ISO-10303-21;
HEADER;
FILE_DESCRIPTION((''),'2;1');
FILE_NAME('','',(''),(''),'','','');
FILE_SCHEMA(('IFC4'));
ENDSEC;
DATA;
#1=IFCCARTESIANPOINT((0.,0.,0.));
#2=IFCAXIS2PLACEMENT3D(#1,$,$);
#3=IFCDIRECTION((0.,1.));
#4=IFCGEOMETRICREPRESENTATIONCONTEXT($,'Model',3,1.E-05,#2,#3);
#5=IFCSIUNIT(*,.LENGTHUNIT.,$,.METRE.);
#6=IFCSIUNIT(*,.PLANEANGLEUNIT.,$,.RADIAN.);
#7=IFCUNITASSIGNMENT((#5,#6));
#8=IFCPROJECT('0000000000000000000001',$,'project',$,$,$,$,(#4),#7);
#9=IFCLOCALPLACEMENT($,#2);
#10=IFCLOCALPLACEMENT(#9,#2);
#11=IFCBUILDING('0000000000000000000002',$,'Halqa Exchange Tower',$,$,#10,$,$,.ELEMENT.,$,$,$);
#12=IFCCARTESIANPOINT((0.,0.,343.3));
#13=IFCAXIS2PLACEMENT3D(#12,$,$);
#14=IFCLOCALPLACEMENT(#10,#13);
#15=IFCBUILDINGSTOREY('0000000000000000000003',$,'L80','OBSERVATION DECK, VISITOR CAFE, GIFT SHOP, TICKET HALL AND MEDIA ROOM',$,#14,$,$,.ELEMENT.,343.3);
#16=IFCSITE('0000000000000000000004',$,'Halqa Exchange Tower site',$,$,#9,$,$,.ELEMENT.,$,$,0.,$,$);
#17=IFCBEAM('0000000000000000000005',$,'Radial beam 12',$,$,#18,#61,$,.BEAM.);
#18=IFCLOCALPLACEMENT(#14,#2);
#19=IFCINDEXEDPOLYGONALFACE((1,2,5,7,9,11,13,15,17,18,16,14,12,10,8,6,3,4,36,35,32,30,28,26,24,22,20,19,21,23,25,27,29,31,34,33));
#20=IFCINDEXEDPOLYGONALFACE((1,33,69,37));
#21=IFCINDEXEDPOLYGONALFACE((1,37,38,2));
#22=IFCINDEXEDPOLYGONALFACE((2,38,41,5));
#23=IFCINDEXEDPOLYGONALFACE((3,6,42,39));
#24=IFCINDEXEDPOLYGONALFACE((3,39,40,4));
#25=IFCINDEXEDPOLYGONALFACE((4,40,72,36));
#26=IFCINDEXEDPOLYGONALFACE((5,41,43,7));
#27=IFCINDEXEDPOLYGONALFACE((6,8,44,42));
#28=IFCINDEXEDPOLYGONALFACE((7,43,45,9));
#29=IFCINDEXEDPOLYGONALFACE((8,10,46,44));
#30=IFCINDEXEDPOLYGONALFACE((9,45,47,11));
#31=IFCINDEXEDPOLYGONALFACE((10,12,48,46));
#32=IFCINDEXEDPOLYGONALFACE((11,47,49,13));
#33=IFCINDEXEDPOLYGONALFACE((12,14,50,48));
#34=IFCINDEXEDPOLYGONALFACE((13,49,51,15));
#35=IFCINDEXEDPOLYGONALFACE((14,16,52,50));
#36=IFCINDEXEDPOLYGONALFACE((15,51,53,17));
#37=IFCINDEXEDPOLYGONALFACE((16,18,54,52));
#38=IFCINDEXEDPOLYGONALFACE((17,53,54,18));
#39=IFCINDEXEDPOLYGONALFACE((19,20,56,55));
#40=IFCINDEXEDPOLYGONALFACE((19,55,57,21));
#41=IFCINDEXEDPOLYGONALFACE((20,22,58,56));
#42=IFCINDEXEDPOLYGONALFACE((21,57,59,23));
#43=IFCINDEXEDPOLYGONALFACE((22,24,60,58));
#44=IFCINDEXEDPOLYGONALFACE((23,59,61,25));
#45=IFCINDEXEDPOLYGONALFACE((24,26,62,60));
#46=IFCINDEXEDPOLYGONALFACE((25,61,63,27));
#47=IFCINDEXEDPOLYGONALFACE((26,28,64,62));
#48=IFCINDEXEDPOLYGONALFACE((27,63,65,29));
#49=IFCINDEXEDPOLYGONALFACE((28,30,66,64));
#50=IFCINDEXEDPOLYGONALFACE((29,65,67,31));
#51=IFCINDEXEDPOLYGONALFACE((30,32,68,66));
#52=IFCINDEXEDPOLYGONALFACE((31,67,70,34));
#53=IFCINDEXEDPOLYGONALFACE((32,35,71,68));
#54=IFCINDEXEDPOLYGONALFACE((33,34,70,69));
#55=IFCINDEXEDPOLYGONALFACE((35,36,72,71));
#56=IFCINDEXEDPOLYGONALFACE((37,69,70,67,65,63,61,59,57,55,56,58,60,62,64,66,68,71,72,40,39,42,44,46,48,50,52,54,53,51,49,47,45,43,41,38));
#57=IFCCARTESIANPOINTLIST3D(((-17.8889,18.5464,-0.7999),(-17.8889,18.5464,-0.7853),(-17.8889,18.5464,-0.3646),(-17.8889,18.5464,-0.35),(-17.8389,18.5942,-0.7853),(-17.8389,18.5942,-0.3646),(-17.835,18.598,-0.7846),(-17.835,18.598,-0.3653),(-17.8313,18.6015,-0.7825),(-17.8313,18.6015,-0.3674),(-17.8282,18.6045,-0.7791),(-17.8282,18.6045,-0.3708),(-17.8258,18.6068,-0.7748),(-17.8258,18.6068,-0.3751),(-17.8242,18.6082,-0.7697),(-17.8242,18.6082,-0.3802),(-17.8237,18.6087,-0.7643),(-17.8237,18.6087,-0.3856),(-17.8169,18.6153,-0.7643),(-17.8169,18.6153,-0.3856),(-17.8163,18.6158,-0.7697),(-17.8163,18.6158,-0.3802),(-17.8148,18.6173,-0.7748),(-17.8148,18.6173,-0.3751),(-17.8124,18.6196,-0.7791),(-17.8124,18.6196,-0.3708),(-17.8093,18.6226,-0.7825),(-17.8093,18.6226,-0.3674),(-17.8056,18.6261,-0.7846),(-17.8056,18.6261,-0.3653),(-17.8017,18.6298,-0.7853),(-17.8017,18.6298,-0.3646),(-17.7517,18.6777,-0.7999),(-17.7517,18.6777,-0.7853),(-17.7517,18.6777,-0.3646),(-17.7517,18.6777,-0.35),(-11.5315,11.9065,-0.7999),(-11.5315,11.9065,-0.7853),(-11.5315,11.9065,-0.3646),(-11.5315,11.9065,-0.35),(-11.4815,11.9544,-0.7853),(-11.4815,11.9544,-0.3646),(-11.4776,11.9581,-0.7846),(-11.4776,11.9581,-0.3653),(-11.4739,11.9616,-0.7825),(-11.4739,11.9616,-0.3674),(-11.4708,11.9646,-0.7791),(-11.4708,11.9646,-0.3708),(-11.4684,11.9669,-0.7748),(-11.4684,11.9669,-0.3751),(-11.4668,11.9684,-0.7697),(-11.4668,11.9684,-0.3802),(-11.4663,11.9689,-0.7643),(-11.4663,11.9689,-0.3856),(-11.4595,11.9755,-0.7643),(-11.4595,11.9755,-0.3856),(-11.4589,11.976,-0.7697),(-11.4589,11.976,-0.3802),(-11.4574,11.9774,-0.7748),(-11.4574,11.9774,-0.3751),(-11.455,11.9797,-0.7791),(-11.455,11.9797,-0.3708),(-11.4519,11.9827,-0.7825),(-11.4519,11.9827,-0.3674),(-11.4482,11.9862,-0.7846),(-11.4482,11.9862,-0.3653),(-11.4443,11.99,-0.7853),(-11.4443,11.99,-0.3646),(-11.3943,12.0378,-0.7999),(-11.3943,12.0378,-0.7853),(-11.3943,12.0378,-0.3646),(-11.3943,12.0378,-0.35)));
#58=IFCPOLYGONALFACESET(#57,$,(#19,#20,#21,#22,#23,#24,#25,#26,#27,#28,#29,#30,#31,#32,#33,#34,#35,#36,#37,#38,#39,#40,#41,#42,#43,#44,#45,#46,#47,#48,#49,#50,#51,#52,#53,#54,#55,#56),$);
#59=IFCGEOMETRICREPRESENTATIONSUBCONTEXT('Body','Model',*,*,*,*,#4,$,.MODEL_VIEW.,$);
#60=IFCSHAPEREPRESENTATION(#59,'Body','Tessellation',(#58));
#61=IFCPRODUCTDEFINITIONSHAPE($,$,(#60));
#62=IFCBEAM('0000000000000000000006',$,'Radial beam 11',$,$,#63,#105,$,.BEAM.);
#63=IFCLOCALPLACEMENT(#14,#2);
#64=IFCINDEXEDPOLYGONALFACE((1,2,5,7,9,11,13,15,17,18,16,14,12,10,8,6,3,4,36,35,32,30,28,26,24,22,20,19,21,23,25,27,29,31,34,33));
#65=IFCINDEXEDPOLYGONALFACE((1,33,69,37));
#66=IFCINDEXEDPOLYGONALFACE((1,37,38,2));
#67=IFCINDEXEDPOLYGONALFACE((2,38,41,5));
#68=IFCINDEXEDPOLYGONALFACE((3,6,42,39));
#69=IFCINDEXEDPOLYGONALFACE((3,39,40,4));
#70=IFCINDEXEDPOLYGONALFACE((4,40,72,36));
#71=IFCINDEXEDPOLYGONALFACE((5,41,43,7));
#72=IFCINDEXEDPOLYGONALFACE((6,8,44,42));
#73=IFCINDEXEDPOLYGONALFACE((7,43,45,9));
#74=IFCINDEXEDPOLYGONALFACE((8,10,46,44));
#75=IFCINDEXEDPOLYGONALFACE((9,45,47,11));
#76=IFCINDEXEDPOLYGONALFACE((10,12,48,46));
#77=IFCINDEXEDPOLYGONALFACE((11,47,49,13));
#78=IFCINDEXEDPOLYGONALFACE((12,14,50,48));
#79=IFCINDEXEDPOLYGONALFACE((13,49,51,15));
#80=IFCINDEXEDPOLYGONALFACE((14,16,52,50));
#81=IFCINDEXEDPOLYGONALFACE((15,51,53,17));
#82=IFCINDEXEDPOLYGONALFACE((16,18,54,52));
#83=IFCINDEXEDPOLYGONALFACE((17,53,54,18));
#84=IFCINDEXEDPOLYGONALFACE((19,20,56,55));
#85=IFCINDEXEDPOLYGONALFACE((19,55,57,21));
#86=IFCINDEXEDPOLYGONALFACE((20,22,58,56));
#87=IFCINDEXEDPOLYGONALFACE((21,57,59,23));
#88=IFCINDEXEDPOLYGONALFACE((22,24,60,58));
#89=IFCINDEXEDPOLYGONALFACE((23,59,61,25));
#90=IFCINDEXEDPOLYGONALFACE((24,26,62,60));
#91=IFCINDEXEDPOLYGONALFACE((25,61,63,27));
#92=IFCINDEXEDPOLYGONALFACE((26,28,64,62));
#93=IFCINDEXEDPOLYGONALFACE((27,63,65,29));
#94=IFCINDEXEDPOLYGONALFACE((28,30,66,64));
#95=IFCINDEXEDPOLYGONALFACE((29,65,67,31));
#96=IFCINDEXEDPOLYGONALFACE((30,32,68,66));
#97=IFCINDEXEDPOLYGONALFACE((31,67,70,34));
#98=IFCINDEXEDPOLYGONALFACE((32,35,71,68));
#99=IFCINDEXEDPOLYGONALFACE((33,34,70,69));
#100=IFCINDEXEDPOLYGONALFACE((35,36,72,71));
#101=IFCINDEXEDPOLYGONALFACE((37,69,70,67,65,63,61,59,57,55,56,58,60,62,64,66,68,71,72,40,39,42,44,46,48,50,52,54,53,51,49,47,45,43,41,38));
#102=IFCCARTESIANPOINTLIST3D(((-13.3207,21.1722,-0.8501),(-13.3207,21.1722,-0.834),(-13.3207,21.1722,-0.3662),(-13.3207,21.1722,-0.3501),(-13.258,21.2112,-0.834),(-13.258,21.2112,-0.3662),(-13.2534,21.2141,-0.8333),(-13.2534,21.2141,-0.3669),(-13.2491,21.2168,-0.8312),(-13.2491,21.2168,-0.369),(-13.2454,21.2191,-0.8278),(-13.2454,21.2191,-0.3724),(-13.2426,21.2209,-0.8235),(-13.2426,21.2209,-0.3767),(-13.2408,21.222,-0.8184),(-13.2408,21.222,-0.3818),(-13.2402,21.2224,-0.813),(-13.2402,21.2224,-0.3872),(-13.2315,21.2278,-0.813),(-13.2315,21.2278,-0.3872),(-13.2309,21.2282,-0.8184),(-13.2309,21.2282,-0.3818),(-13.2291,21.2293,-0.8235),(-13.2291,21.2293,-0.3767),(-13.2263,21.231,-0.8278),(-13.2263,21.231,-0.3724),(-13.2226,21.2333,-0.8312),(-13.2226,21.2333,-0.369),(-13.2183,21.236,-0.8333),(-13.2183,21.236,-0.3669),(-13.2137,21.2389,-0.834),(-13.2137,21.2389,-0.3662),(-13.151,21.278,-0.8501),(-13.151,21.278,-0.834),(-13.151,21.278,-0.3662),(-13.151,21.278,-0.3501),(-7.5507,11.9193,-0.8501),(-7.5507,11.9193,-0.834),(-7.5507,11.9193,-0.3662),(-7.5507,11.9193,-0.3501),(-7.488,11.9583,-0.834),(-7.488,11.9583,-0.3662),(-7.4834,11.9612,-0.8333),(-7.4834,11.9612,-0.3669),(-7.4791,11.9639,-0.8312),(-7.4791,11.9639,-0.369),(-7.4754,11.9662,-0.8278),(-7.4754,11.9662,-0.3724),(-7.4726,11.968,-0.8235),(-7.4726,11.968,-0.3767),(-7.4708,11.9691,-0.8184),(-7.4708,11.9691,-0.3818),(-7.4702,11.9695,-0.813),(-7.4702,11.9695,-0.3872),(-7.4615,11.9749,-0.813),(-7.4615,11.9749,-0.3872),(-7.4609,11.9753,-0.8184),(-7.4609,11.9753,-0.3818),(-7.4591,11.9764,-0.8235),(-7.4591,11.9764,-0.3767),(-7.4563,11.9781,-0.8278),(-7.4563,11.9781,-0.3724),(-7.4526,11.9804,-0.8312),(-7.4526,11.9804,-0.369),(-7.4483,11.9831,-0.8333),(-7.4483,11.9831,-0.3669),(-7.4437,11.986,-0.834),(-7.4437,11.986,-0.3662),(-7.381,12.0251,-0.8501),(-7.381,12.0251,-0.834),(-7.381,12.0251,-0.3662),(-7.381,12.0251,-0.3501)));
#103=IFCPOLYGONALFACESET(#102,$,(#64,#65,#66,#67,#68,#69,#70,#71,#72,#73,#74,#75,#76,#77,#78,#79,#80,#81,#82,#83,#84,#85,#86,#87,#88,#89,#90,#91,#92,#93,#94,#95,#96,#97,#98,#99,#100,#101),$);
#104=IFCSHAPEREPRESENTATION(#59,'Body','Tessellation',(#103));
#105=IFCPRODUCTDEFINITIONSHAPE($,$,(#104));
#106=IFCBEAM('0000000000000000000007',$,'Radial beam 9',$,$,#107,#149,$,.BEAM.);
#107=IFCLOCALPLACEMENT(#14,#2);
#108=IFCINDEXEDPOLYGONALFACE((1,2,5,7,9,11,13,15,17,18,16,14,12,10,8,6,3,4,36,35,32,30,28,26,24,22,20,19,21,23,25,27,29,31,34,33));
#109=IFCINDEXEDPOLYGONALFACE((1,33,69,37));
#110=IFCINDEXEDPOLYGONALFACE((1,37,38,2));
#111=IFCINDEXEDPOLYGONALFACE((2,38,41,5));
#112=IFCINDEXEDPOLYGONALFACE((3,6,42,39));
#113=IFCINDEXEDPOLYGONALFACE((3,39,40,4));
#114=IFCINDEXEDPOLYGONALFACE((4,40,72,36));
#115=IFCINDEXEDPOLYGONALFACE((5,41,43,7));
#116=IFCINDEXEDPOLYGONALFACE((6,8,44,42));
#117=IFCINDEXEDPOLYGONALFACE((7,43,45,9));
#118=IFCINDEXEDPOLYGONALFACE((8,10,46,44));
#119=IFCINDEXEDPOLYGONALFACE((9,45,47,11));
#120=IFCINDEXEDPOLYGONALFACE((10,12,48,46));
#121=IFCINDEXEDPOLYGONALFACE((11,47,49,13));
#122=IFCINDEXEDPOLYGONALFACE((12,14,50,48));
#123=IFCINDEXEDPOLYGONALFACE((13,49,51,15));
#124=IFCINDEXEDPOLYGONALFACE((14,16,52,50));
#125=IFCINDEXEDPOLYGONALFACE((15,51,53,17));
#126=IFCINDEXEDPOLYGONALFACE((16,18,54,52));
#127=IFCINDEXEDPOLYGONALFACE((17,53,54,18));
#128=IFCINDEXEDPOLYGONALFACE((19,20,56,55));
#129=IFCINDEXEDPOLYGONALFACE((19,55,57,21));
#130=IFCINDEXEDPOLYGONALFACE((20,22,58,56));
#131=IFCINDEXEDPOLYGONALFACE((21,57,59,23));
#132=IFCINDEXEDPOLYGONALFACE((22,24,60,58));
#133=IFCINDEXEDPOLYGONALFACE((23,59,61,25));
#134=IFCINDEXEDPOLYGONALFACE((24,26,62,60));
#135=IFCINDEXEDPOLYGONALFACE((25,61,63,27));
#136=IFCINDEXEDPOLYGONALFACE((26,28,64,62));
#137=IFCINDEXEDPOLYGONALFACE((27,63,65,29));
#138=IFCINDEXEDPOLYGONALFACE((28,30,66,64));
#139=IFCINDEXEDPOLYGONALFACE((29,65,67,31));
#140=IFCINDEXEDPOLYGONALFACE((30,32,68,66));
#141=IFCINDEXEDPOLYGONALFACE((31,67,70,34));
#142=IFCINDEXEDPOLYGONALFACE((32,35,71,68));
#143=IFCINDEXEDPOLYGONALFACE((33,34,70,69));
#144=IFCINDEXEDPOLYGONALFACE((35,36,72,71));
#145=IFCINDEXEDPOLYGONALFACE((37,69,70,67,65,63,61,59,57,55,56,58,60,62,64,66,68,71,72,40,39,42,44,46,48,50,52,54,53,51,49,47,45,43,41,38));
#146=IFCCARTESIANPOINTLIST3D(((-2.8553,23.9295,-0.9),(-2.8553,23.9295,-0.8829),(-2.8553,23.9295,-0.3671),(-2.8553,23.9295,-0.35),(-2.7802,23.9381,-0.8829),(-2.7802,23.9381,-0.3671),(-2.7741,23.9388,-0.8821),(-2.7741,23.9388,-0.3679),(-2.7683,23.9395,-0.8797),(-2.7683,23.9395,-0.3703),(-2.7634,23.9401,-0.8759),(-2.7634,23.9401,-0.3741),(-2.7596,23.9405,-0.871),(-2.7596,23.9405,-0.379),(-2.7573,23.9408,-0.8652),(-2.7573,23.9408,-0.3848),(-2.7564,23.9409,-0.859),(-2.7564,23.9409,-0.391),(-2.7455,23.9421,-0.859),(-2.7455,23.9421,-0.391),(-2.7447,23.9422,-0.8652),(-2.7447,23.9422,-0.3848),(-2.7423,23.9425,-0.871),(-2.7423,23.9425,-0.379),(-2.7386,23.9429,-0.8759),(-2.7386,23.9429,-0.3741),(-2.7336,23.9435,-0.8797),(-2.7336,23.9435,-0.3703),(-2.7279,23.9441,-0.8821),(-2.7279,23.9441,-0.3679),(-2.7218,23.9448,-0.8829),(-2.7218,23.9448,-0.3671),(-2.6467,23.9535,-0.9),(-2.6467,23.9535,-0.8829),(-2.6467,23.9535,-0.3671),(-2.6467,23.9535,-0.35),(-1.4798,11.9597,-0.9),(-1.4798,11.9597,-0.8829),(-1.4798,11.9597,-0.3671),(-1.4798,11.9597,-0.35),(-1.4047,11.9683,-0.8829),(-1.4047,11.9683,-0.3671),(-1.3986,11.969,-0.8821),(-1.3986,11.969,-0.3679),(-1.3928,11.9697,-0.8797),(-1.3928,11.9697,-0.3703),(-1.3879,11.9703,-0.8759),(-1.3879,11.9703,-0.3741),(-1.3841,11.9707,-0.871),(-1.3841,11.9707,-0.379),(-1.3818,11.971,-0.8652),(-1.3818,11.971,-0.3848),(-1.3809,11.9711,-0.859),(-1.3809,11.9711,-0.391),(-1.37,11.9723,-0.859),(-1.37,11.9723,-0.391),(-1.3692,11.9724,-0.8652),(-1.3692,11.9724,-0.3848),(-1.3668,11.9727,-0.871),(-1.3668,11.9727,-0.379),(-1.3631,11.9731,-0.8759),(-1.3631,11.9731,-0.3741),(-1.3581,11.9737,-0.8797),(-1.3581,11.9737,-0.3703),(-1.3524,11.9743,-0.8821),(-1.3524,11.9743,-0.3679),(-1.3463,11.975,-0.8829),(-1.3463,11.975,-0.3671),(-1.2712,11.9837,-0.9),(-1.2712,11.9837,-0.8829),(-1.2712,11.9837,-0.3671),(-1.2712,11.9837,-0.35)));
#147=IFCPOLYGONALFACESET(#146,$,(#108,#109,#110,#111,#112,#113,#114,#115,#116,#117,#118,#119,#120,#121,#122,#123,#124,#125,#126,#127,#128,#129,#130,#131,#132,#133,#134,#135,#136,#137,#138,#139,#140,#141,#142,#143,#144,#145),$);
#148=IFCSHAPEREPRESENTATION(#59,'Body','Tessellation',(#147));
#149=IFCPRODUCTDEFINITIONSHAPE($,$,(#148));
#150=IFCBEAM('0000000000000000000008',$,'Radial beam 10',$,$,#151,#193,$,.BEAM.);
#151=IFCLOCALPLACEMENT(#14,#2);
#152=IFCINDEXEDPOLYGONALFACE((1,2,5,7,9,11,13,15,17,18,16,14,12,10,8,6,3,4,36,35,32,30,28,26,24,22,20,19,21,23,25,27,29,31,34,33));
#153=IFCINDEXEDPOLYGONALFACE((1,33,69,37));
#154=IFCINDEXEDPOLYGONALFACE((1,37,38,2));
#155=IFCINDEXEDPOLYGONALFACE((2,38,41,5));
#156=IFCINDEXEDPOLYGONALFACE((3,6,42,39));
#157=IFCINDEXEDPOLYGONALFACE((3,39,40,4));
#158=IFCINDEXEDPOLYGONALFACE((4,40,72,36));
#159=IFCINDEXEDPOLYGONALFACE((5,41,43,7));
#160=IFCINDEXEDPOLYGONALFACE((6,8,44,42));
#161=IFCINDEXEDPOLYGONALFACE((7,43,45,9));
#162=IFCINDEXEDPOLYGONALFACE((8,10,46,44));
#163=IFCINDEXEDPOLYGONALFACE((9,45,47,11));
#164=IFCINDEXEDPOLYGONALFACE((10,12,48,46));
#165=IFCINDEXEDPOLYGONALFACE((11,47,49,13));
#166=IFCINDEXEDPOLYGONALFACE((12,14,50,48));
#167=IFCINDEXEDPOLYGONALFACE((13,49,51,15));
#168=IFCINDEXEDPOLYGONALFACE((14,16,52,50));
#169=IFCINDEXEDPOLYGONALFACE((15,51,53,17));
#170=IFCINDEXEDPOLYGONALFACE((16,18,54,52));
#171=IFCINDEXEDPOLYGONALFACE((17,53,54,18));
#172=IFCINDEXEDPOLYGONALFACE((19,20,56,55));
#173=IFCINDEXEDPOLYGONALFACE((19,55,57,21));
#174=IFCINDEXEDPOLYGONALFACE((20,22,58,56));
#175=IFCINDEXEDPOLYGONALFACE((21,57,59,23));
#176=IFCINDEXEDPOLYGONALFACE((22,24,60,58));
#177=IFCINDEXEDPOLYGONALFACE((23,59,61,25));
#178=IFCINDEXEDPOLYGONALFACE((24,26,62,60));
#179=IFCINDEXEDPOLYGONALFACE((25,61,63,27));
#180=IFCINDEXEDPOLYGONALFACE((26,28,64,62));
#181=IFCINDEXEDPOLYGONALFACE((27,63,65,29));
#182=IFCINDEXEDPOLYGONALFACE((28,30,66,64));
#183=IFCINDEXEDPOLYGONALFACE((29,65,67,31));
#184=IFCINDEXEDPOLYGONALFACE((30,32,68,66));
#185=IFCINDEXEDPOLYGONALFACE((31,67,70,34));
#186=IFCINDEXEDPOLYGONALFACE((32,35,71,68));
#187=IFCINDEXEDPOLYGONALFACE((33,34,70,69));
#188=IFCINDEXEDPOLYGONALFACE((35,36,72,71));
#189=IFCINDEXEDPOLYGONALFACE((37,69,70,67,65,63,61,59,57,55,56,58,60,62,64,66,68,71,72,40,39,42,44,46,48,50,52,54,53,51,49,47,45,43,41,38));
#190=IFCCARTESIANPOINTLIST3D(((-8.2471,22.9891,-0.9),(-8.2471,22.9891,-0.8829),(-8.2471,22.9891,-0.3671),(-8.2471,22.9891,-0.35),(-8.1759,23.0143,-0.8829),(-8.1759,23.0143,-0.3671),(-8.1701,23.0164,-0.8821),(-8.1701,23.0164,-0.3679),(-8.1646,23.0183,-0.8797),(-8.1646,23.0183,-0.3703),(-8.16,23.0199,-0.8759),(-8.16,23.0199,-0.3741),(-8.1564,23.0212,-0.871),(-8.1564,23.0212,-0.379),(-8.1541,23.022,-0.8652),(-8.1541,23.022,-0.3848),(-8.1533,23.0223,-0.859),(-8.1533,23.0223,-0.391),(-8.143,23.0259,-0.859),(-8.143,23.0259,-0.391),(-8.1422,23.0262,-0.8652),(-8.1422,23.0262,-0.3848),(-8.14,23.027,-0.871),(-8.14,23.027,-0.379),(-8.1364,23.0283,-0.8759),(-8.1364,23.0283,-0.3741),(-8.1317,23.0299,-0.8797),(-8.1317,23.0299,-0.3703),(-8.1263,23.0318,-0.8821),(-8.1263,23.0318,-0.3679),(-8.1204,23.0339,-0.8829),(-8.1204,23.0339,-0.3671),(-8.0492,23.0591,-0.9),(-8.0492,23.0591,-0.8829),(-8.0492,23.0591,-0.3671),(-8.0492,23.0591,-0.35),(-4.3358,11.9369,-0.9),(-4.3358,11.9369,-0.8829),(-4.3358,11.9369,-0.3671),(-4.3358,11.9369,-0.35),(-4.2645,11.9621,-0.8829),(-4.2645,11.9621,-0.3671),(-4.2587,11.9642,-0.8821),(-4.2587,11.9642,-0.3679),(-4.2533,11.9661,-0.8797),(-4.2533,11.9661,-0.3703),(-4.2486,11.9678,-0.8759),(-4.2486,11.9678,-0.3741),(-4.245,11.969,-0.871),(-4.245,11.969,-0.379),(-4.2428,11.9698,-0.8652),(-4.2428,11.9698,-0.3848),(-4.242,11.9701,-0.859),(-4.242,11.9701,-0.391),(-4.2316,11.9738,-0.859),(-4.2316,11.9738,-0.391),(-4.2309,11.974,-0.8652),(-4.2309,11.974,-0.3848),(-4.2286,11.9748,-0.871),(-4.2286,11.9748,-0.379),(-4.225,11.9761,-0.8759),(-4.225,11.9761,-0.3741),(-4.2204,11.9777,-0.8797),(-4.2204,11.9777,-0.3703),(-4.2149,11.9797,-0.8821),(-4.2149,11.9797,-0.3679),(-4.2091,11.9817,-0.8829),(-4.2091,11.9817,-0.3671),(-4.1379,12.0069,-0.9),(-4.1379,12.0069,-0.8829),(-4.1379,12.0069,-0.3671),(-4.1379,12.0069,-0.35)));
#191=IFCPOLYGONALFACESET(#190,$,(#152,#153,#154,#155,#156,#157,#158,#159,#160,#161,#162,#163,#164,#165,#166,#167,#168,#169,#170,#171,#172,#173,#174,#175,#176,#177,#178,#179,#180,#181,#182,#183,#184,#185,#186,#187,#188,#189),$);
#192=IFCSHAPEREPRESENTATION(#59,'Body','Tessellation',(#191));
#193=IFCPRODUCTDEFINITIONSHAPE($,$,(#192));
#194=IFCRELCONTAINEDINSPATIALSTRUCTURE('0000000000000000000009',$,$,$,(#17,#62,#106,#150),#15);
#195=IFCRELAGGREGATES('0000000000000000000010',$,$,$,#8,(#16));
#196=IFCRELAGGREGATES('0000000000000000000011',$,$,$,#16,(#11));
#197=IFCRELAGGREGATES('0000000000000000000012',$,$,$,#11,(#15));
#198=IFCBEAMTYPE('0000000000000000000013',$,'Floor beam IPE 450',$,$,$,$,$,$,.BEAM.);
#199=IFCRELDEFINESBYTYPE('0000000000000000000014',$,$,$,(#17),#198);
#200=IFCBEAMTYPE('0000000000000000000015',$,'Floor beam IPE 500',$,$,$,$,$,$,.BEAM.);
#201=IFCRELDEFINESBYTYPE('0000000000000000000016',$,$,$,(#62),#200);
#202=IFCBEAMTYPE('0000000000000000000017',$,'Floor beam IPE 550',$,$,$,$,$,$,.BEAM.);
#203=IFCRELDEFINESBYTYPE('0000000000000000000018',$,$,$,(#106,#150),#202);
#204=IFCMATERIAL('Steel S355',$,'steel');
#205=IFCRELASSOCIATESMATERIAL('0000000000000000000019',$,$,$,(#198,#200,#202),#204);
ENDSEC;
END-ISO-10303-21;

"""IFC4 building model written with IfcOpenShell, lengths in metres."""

from ifc_helpers import new_model, si_unit, direction, frame, origin, origin_2d, place, context, subcontext, project, spatial, i_section, extrude, material, material_profile, profile_set, type_object, element, save


model = new_model("IFC4")

# Units and contexts
model_context = context("Model", 3, precision=1e-05, world=origin(), true_north=direction((0.0, 1.0)))
body_context = subcontext(model_context, "Body", "Model", "MODEL_VIEW")
ifc_project = project(units=[si_unit("LENGTHUNIT", "METRE"), si_unit("PLANEANGLEUNIT", "RADIAN")], contexts=[model_context])

# Site, building, storey
site_placement = place(None, origin())
site = spatial("IfcSite", under=ifc_project, at=site_placement, Name="Halqa Exchange Tower site", CompositionType="ELEMENT", RefElevation=0.0)
building_placement = place(site_placement, origin())
building = spatial("IfcBuilding", under=site, at=building_placement, Name="Halqa Exchange Tower", CompositionType="ELEMENT")
storey_placement = place(building_placement, frame((0.0, 0.0, 343.3)))
storey = spatial("IfcBuildingStorey", under=building, at=storey_placement, Name="L80", Description="OBSERVATION DECK, VISITOR CAFE, GIFT SHOP, TICKET HALL AND MEDIA ROOM", CompositionType="ELEMENT", Elevation=343.3)

# Beams
ifc_material_1 = material(Name="Steel S355", Category="steel")
ifc_material_profile_1 = material_profile(ifc_material_1, i_section(OverallWidth=0.1899, OverallDepth=0.45, WebThickness=0.0095, FlangeThickness=0.0146, FilletRadius=0.021, at=origin_2d()), Name="IPE 450")
ifc_profile_set_1 = profile_set([ifc_material_profile_1], Name="Steel S355")
beam_type_1 = type_object("IfcBeamType", Name="Floor beam IPE 450", PredefinedType="BEAM", material=ifc_profile_set_1)
beam_1_placement = place(storey_placement, frame((-11.4629, 11.9722, -0.575), z_axis=(-0.691576, 0.722304, 0.0), x_axis=(-0.722304, -0.691576, 0.0)))
element("IfcBeam", 1, at=beam_1_placement, inside=storey, type_object=beam_type_1, Name="Radial beam 12", PredefinedType="BEAM", context=body_context, shape_type="SweptSolid", body=[
    extrude(i_section(OverallWidth=0.1899, OverallDepth=0.45, WebThickness=0.0095, FlangeThickness=0.0146, FilletRadius=0.021, at=origin_2d()), origin(), (0.0, 0.0, 1.0), 9.1926),
])
ifc_material_profile_2 = material_profile(ifc_material_1, i_section(OverallWidth=0.2, OverallDepth=0.5, WebThickness=0.0103, FlangeThickness=0.0161, FilletRadius=0.021, at=origin_2d()), Name="IPE 500")
ifc_profile_set_2 = profile_set([ifc_material_profile_2], Name="Steel S355")
beam_type_2 = type_object("IfcBeamType", Name="Floor beam IPE 500", PredefinedType="BEAM", material=ifc_profile_set_2)
beam_2_placement = place(storey_placement, frame((-7.4658, 11.9722, -0.6001), z_axis=(-0.529137, 0.848536, 0.0), x_axis=(-0.848536, -0.529137, 0.0)))
element("IfcBeam", 2, at=beam_2_placement, inside=storey, type_object=beam_type_2, Name="Radial beam 11", PredefinedType="BEAM", context=body_context, shape_type="SweptSolid", body=[
    extrude(i_section(OverallWidth=0.2, OverallDepth=0.5, WebThickness=0.0103, FlangeThickness=0.0161, FilletRadius=0.021, at=origin_2d()), origin(), (0.0, 0.0, 1.0), 10.9045),
])
ifc_material_profile_3 = material_profile(ifc_material_1, i_section(OverallWidth=0.21, OverallDepth=0.55, WebThickness=0.011, FlangeThickness=0.0171, FilletRadius=0.0239, at=origin_2d()), Name="IPE 550")
ifc_profile_set_3 = profile_set([ifc_material_profile_3], Name="Steel S355")
beam_type_3 = type_object("IfcBeamType", Name="Floor beam IPE 550", PredefinedType="BEAM", material=ifc_profile_set_3)
beam_3_placement = place(storey_placement, frame((-1.3755, 11.9717, -0.625), z_axis=(-0.114163, 0.993462, 0.0), x_axis=(-0.993462, -0.114163, 0.0)))
element("IfcBeam", 3, at=beam_3_placement, inside=storey, type_object=beam_type_3, Name="Radial beam 9", PredefinedType="BEAM", context=body_context, shape_type="SweptSolid", body=[
    extrude(i_section(OverallWidth=0.21, OverallDepth=0.55, WebThickness=0.011, FlangeThickness=0.0171, FilletRadius=0.0239, at=origin_2d()), origin(), (0.0, 0.0, 1.0), 12.0486),
])
beam_4_placement = place(storey_placement, frame((-4.2368, 11.9719, -0.625), z_axis=(-0.333623, 0.942707, 0.0), x_axis=(-0.942707, -0.333623, 0.0)))
element("IfcBeam", 4, at=beam_4_placement, inside=storey, type_object=beam_type_3, Name="Radial beam 10", PredefinedType="BEAM", context=body_context, shape_type="SweptSolid", body=[
    extrude(i_section(OverallWidth=0.21, OverallDepth=0.55, WebThickness=0.011, FlangeThickness=0.0171, FilletRadius=0.0239, at=origin_2d()), origin(), (0.0, 0.0, 1.0), 11.7239),
])

save(model, "model.ifc")
